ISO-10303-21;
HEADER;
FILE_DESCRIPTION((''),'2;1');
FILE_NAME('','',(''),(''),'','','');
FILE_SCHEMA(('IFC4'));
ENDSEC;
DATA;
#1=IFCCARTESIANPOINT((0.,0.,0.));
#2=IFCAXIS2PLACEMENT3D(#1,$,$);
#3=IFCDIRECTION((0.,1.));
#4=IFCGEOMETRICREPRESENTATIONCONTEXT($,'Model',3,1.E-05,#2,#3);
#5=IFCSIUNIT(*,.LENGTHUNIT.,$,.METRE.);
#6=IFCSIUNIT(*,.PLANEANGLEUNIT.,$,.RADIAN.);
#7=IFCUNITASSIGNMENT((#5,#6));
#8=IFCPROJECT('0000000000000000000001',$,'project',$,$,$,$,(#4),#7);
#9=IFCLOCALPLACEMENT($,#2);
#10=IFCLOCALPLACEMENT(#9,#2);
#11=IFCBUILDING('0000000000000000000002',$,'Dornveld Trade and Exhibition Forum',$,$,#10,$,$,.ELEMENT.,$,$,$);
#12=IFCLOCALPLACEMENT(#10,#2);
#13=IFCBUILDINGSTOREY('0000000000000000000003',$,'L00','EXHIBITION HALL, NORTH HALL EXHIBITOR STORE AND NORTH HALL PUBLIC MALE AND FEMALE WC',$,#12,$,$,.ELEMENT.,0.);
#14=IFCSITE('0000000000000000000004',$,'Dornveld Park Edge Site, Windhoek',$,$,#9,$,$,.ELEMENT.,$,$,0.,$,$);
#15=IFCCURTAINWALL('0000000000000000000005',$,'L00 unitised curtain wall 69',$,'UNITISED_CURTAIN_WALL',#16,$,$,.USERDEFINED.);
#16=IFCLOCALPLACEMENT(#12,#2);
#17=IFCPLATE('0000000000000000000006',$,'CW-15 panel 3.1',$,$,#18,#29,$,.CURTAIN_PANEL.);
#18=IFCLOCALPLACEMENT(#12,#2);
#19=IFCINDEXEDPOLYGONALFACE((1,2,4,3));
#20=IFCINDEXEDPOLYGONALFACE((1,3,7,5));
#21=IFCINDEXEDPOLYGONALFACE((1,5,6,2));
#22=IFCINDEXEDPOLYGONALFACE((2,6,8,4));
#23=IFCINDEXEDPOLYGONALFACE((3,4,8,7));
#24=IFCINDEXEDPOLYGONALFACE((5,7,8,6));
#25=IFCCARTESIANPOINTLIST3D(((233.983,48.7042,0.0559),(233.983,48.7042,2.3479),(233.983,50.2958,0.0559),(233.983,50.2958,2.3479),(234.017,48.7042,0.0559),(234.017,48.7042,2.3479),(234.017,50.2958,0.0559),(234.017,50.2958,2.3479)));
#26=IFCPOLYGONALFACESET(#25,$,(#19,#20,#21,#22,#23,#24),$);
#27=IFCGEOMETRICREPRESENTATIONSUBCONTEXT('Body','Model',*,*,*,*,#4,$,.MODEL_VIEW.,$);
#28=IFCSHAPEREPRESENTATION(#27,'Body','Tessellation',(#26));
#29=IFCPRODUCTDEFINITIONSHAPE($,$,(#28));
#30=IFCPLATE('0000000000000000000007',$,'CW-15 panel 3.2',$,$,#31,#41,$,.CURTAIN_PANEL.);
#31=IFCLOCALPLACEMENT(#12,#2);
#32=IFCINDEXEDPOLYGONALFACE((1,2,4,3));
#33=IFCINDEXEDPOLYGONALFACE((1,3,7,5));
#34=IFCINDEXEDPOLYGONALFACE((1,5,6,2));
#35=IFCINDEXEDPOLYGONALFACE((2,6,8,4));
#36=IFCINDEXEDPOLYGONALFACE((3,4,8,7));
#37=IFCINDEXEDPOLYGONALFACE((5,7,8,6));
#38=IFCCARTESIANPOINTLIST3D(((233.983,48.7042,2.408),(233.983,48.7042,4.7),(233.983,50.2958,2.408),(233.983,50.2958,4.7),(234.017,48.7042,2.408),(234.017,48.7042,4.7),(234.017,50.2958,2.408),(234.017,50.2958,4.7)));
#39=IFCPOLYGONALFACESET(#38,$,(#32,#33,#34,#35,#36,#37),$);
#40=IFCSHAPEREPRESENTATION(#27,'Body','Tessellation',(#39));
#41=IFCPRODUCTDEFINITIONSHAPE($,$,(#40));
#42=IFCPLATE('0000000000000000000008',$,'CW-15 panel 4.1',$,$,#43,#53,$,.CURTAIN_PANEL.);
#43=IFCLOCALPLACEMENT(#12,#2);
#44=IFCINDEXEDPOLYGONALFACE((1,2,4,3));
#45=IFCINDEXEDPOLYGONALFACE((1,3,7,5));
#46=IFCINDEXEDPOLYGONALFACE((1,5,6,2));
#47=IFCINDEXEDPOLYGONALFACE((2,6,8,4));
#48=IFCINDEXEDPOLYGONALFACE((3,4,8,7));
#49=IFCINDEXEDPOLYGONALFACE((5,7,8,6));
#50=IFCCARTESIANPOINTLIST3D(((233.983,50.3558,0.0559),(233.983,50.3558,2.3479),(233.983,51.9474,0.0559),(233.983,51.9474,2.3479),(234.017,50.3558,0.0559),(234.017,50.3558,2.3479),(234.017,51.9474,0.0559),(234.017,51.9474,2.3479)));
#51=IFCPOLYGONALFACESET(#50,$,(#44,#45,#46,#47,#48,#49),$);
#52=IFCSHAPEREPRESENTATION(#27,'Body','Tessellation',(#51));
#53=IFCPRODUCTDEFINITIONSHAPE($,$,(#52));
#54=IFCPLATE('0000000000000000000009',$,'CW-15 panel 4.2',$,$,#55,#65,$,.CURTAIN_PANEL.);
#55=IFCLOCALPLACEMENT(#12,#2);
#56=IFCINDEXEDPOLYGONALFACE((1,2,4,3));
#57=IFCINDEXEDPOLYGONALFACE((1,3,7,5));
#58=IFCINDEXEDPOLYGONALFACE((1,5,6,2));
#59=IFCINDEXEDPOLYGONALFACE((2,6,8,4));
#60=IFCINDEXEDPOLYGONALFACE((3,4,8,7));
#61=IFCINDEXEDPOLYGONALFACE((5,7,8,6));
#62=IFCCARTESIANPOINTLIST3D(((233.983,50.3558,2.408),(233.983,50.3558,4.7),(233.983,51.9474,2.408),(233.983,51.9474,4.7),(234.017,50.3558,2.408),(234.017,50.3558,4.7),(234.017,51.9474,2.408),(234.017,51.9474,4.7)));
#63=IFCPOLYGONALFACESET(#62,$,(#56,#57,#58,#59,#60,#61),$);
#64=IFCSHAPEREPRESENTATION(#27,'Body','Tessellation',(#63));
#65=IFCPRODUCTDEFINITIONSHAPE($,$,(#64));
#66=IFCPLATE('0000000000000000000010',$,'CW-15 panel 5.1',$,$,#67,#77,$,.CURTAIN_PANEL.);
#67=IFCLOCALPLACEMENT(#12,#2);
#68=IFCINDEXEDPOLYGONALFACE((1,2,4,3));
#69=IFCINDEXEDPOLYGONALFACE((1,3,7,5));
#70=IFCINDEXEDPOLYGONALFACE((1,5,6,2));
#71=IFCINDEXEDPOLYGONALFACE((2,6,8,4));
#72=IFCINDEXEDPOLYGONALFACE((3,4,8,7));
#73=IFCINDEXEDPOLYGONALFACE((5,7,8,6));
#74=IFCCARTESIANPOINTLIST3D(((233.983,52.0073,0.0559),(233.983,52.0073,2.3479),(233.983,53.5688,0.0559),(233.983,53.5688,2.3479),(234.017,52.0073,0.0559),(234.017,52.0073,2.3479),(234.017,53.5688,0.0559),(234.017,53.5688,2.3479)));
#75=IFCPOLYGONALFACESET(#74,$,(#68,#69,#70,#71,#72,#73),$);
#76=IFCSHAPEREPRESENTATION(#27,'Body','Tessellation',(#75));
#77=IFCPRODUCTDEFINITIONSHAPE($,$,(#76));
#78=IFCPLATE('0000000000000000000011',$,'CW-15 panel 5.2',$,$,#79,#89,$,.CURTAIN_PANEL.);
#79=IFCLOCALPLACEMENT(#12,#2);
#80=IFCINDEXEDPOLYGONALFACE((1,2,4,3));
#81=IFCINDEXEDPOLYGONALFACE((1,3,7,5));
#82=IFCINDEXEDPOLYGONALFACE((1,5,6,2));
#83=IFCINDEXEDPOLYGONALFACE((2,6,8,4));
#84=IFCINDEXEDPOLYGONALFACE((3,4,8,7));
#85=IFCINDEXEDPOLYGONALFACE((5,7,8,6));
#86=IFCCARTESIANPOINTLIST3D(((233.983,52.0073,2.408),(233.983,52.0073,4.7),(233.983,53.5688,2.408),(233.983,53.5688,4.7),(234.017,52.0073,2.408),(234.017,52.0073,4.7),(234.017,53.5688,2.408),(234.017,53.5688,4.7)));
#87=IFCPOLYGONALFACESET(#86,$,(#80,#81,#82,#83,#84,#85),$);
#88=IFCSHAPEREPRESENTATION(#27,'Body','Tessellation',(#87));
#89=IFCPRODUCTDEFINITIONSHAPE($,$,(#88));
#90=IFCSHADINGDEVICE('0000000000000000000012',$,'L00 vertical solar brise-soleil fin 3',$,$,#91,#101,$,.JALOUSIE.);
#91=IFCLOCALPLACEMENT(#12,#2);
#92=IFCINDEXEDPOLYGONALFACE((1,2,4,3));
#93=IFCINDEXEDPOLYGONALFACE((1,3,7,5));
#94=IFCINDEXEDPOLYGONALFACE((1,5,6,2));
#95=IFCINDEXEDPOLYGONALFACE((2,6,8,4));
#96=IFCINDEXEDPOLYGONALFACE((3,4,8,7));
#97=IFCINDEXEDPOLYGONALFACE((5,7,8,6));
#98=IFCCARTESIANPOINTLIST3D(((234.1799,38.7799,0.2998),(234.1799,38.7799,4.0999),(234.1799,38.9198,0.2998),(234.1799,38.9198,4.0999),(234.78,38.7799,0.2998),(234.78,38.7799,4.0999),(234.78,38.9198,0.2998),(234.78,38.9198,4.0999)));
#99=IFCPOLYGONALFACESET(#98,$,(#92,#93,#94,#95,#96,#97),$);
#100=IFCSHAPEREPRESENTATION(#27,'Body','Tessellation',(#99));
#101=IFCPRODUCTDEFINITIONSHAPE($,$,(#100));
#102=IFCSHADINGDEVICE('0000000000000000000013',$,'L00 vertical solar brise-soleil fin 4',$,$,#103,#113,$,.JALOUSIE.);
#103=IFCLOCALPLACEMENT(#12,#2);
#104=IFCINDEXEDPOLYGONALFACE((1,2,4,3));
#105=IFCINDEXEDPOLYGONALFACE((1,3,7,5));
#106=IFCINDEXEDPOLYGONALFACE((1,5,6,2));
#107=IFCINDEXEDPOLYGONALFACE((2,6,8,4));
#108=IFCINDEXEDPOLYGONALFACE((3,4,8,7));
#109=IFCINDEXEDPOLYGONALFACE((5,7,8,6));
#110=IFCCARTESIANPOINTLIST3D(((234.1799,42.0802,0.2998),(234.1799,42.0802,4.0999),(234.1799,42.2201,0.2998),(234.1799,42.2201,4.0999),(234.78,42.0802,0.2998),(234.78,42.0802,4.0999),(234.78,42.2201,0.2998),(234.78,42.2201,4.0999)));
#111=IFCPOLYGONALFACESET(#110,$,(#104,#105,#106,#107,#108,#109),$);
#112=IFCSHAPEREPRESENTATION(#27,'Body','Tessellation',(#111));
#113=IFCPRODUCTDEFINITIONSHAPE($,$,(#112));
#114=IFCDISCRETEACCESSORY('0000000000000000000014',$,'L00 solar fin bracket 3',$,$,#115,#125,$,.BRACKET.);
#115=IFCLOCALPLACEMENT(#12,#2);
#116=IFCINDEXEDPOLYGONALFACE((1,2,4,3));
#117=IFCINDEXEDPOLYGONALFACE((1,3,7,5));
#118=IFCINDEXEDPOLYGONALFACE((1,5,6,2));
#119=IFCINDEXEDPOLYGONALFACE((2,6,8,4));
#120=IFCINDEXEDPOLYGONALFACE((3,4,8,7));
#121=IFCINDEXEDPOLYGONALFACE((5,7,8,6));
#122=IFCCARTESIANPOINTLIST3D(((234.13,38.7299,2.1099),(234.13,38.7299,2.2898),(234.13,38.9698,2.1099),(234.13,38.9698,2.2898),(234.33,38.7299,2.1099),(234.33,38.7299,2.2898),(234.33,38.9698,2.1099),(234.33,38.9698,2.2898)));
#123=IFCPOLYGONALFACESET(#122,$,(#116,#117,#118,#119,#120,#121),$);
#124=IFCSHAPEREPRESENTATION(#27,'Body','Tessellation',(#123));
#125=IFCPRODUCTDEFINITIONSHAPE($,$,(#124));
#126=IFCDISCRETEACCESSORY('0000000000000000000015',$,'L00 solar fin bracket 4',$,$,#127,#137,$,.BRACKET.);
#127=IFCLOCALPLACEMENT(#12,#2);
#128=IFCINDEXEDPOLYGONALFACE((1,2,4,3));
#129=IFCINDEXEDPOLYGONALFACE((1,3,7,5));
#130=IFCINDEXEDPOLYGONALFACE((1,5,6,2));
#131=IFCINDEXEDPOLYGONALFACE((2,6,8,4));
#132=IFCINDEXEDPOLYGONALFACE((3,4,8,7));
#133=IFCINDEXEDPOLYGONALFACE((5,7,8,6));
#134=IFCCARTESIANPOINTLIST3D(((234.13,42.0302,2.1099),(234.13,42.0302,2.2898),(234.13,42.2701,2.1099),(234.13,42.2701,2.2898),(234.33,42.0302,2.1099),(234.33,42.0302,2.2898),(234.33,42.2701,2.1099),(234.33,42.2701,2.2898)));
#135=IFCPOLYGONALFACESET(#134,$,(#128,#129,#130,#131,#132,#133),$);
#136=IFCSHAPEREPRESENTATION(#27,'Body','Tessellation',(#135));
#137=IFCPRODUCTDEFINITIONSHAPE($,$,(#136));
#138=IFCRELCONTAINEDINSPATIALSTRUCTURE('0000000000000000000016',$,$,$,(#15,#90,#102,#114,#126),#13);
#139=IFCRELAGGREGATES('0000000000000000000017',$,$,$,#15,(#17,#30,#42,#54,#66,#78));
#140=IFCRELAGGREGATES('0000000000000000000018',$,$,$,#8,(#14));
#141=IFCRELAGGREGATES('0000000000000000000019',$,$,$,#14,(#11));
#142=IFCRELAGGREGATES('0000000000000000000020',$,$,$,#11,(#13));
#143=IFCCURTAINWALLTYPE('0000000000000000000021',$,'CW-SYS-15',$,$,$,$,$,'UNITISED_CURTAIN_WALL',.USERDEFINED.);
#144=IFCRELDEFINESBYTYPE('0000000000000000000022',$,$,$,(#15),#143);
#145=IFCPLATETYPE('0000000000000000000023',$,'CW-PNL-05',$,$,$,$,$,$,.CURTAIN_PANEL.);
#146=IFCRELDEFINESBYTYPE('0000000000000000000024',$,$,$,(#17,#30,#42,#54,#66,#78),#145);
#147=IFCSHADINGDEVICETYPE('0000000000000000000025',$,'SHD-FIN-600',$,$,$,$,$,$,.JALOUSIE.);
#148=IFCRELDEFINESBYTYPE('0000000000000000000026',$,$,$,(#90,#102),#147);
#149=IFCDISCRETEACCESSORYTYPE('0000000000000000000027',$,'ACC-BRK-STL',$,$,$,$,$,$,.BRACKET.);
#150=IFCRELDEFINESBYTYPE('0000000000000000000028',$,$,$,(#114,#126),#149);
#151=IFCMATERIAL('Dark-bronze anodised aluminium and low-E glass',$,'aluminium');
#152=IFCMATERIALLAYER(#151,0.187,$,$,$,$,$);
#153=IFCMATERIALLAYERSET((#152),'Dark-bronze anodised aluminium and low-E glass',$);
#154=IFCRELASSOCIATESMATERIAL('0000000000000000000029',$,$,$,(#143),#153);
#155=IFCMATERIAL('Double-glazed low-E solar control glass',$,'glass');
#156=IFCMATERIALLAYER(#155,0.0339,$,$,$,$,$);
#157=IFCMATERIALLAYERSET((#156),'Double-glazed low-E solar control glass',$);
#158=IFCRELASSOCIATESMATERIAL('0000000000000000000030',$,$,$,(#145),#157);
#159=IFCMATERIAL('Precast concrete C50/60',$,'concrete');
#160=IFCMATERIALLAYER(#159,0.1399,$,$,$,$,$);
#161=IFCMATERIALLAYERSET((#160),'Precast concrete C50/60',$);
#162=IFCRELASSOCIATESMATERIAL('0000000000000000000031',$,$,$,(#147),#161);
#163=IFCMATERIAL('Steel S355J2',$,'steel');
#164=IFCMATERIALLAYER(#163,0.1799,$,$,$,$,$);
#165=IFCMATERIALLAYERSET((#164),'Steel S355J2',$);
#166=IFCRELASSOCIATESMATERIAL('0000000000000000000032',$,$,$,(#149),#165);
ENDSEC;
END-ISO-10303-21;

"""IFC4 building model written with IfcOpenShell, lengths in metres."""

from ifc_helpers import new_model, si_unit, direction, frame, origin, origin_2d, place, context, subcontext, project, spatial, rectangle, extrude, material, layer, layer_set, type_object, element, aggregate, save


model = new_model("IFC4")

# Units and contexts
model_context = context("Model", 3, precision=1e-05, world=origin(), true_north=direction((0.0, 1.0)))
body_context = subcontext(model_context, "Body", "Model", "MODEL_VIEW")
ifc_project = project(units=[si_unit("LENGTHUNIT", "METRE"), si_unit("PLANEANGLEUNIT", "RADIAN")], contexts=[model_context])

# Site, building, storey
site_placement = place(None, origin())
site = spatial("IfcSite", under=ifc_project, at=site_placement, Name="Dornveld Park Edge Site, Windhoek", CompositionType="ELEMENT", RefElevation=0.0)
building_placement = place(site_placement, origin())
building = spatial("IfcBuilding", under=site, at=building_placement, Name="Dornveld Trade and Exhibition Forum", CompositionType="ELEMENT")
storey_placement = place(building_placement, origin())
storey = spatial("IfcBuildingStorey", under=building, at=storey_placement, Name="L00", Description="EXHIBITION HALL, NORTH HALL EXHIBITOR STORE AND NORTH HALL PUBLIC MALE AND FEMALE WC", CompositionType="ELEMENT", Elevation=0.0)

# Curtain wall, plates
ifc_material_1 = material(Name="Dark-bronze anodised aluminium and low-E glass", Category="aluminium")
ifc_layer_1 = layer(ifc_material_1, 0.187)
ifc_layer_set_1 = layer_set([ifc_layer_1], Name="Dark-bronze anodised aluminium and low-E glass")
curtain_wall_type = type_object("IfcCurtainWallType", Name="CW-SYS-15", ElementType="UNITISED_CURTAIN_WALL", PredefinedType="USERDEFINED", material=ifc_layer_set_1)
curtain_wall_placement = place(storey_placement, origin())
curtain_wall = element("IfcCurtainWall", 1, at=curtain_wall_placement, inside=storey, type_object=curtain_wall_type, Name="L00 unitised curtain wall 69", ObjectType="UNITISED_CURTAIN_WALL", PredefinedType="USERDEFINED")
ifc_material_2 = material(Name="Double-glazed low-E solar control glass", Category="glass")
ifc_layer_2 = layer(ifc_material_2, 0.0339)
ifc_layer_set_2 = layer_set([ifc_layer_2], Name="Double-glazed low-E solar control glass")
plate_type = type_object("IfcPlateType", Name="CW-PNL-05", PredefinedType="CURTAIN_PANEL", material=ifc_layer_set_2)
plate_1_placement = place(storey_placement, frame((234.0, 49.5, 0.0559), z_axis=(0.0, 0.0, 1.0), x_axis=(0.0, 1.0, 0.0)))
plate_1 = element("IfcPlate", 2, at=plate_1_placement, type_object=plate_type, Name="CW-15 panel 3.1", PredefinedType="CURTAIN_PANEL", context=body_context, shape_type="SweptSolid", body=[
    extrude(rectangle(XDim=1.5916, YDim=0.0339, at=origin_2d()), origin(), (0.0, 0.0, 1.0), 2.292),
])
plate_2_placement = place(storey_placement, frame((234.0, 49.5, 2.408), z_axis=(0.0, 0.0, 1.0), x_axis=(0.0, 1.0, 0.0)))
plate_2 = element("IfcPlate", 3, at=plate_2_placement, type_object=plate_type, Name="CW-15 panel 3.2", PredefinedType="CURTAIN_PANEL", context=body_context, shape_type="SweptSolid", body=[
    extrude(rectangle(XDim=1.5916, YDim=0.0339, at=origin_2d()), origin(), (0.0, 0.0, 1.0), 2.292),
])
plate_3_placement = place(storey_placement, frame((234.0, 51.1516, 0.0559), z_axis=(0.0, 0.0, 1.0), x_axis=(0.0, 1.0, 0.0)))
plate_3 = element("IfcPlate", 4, at=plate_3_placement, type_object=plate_type, Name="CW-15 panel 4.1", PredefinedType="CURTAIN_PANEL", context=body_context, shape_type="SweptSolid", body=[
    extrude(rectangle(XDim=1.5916, YDim=0.0339, at=origin_2d()), origin(), (0.0, 0.0, 1.0), 2.292),
])
plate_4_placement = place(storey_placement, frame((234.0, 51.1516, 2.408), z_axis=(0.0, 0.0, 1.0), x_axis=(0.0, 1.0, 0.0)))
plate_4 = element("IfcPlate", 5, at=plate_4_placement, type_object=plate_type, Name="CW-15 panel 4.2", PredefinedType="CURTAIN_PANEL", context=body_context, shape_type="SweptSolid", body=[
    extrude(rectangle(XDim=1.5916, YDim=0.0339, at=origin_2d()), origin(), (0.0, 0.0, 1.0), 2.292),
])
plate_5_placement = place(storey_placement, frame((234.0, 52.7881, 0.0559), z_axis=(0.0, 0.0, 1.0), x_axis=(0.0, 1.0, 0.0)))
plate_5 = element("IfcPlate", 6, at=plate_5_placement, type_object=plate_type, Name="CW-15 panel 5.1", PredefinedType="CURTAIN_PANEL", context=body_context, shape_type="SweptSolid", body=[
    extrude(rectangle(XDim=1.5615, YDim=0.0339, at=origin_2d()), origin(), (0.0, 0.0, 1.0), 2.292),
])
plate_6_placement = place(storey_placement, frame((234.0, 52.7881, 2.408), z_axis=(0.0, 0.0, 1.0), x_axis=(0.0, 1.0, 0.0)))
plate_6 = element("IfcPlate", 7, at=plate_6_placement, type_object=plate_type, Name="CW-15 panel 5.2", PredefinedType="CURTAIN_PANEL", context=body_context, shape_type="SweptSolid", body=[
    extrude(rectangle(XDim=1.5615, YDim=0.0339, at=origin_2d()), origin(), (0.0, 0.0, 1.0), 2.292),
])
aggregate(curtain_wall, [plate_1, plate_2, plate_3, plate_4, plate_5, plate_6])

# Shading devices
ifc_material_3 = material(Name="Precast concrete C50/60", Category="concrete")
ifc_layer_3 = layer(ifc_material_3, 0.1399)
ifc_layer_set_3 = layer_set([ifc_layer_3], Name="Precast concrete C50/60")
shading_device_type = type_object("IfcShadingDeviceType", Name="SHD-FIN-600", PredefinedType="JALOUSIE", material=ifc_layer_set_3)
for number, where, z_axis, x_axis, name in (
    (8, (234.48, 38.8499, 0.2998), (0.0, 0.0, 1.0), (0.0, 1.0, 0.0), "L00 vertical solar brise-soleil fin 3"),
    (9, (234.48, 42.1501, 0.2998), (0.0, 0.0, 1.0), (0.0, 1.0, 0.0), "L00 vertical solar brise-soleil fin 4"),
):
    element("IfcShadingDevice", number, at=place(storey_placement, frame(where, z_axis=z_axis, x_axis=x_axis)), inside=storey, type_object=shading_device_type, Name=name, PredefinedType="JALOUSIE", context=body_context, shape_type="SweptSolid", body=[
        extrude(rectangle(XDim=0.1399, YDim=0.6001, at=origin_2d()), origin(), (0.0, 0.0, 1.0), 3.8),
    ])

# Discrete accessories
ifc_material_4 = material(Name="Steel S355J2", Category="steel")
ifc_layer_4 = layer(ifc_material_4, 0.1799)
ifc_layer_set_4 = layer_set([ifc_layer_4], Name="Steel S355J2")
discrete_accessory_type = type_object("IfcDiscreteAccessoryType", Name="ACC-BRK-STL", PredefinedType="BRACKET", material=ifc_layer_set_4)
for number, where, z_axis, x_axis, name in (
    (10, (234.23, 38.8499, 2.1099), (0.0, 0.0, 1.0), (0.0, 1.0, 0.0), "L00 solar fin bracket 3"),
    (11, (234.23, 42.1501, 2.1099), (0.0, 0.0, 1.0), (0.0, 1.0, 0.0), "L00 solar fin bracket 4"),
):
    element("IfcDiscreteAccessory", number, at=place(storey_placement, frame(where, z_axis=z_axis, x_axis=x_axis)), inside=storey, type_object=discrete_accessory_type, Name=name, PredefinedType="BRACKET", context=body_context, shape_type="SweptSolid", body=[
        extrude(rectangle(XDim=0.24, YDim=0.2, at=origin_2d()), origin(), (0.0, 0.0, 1.0), 0.1799),
    ])

save(model, "model.ifc")
